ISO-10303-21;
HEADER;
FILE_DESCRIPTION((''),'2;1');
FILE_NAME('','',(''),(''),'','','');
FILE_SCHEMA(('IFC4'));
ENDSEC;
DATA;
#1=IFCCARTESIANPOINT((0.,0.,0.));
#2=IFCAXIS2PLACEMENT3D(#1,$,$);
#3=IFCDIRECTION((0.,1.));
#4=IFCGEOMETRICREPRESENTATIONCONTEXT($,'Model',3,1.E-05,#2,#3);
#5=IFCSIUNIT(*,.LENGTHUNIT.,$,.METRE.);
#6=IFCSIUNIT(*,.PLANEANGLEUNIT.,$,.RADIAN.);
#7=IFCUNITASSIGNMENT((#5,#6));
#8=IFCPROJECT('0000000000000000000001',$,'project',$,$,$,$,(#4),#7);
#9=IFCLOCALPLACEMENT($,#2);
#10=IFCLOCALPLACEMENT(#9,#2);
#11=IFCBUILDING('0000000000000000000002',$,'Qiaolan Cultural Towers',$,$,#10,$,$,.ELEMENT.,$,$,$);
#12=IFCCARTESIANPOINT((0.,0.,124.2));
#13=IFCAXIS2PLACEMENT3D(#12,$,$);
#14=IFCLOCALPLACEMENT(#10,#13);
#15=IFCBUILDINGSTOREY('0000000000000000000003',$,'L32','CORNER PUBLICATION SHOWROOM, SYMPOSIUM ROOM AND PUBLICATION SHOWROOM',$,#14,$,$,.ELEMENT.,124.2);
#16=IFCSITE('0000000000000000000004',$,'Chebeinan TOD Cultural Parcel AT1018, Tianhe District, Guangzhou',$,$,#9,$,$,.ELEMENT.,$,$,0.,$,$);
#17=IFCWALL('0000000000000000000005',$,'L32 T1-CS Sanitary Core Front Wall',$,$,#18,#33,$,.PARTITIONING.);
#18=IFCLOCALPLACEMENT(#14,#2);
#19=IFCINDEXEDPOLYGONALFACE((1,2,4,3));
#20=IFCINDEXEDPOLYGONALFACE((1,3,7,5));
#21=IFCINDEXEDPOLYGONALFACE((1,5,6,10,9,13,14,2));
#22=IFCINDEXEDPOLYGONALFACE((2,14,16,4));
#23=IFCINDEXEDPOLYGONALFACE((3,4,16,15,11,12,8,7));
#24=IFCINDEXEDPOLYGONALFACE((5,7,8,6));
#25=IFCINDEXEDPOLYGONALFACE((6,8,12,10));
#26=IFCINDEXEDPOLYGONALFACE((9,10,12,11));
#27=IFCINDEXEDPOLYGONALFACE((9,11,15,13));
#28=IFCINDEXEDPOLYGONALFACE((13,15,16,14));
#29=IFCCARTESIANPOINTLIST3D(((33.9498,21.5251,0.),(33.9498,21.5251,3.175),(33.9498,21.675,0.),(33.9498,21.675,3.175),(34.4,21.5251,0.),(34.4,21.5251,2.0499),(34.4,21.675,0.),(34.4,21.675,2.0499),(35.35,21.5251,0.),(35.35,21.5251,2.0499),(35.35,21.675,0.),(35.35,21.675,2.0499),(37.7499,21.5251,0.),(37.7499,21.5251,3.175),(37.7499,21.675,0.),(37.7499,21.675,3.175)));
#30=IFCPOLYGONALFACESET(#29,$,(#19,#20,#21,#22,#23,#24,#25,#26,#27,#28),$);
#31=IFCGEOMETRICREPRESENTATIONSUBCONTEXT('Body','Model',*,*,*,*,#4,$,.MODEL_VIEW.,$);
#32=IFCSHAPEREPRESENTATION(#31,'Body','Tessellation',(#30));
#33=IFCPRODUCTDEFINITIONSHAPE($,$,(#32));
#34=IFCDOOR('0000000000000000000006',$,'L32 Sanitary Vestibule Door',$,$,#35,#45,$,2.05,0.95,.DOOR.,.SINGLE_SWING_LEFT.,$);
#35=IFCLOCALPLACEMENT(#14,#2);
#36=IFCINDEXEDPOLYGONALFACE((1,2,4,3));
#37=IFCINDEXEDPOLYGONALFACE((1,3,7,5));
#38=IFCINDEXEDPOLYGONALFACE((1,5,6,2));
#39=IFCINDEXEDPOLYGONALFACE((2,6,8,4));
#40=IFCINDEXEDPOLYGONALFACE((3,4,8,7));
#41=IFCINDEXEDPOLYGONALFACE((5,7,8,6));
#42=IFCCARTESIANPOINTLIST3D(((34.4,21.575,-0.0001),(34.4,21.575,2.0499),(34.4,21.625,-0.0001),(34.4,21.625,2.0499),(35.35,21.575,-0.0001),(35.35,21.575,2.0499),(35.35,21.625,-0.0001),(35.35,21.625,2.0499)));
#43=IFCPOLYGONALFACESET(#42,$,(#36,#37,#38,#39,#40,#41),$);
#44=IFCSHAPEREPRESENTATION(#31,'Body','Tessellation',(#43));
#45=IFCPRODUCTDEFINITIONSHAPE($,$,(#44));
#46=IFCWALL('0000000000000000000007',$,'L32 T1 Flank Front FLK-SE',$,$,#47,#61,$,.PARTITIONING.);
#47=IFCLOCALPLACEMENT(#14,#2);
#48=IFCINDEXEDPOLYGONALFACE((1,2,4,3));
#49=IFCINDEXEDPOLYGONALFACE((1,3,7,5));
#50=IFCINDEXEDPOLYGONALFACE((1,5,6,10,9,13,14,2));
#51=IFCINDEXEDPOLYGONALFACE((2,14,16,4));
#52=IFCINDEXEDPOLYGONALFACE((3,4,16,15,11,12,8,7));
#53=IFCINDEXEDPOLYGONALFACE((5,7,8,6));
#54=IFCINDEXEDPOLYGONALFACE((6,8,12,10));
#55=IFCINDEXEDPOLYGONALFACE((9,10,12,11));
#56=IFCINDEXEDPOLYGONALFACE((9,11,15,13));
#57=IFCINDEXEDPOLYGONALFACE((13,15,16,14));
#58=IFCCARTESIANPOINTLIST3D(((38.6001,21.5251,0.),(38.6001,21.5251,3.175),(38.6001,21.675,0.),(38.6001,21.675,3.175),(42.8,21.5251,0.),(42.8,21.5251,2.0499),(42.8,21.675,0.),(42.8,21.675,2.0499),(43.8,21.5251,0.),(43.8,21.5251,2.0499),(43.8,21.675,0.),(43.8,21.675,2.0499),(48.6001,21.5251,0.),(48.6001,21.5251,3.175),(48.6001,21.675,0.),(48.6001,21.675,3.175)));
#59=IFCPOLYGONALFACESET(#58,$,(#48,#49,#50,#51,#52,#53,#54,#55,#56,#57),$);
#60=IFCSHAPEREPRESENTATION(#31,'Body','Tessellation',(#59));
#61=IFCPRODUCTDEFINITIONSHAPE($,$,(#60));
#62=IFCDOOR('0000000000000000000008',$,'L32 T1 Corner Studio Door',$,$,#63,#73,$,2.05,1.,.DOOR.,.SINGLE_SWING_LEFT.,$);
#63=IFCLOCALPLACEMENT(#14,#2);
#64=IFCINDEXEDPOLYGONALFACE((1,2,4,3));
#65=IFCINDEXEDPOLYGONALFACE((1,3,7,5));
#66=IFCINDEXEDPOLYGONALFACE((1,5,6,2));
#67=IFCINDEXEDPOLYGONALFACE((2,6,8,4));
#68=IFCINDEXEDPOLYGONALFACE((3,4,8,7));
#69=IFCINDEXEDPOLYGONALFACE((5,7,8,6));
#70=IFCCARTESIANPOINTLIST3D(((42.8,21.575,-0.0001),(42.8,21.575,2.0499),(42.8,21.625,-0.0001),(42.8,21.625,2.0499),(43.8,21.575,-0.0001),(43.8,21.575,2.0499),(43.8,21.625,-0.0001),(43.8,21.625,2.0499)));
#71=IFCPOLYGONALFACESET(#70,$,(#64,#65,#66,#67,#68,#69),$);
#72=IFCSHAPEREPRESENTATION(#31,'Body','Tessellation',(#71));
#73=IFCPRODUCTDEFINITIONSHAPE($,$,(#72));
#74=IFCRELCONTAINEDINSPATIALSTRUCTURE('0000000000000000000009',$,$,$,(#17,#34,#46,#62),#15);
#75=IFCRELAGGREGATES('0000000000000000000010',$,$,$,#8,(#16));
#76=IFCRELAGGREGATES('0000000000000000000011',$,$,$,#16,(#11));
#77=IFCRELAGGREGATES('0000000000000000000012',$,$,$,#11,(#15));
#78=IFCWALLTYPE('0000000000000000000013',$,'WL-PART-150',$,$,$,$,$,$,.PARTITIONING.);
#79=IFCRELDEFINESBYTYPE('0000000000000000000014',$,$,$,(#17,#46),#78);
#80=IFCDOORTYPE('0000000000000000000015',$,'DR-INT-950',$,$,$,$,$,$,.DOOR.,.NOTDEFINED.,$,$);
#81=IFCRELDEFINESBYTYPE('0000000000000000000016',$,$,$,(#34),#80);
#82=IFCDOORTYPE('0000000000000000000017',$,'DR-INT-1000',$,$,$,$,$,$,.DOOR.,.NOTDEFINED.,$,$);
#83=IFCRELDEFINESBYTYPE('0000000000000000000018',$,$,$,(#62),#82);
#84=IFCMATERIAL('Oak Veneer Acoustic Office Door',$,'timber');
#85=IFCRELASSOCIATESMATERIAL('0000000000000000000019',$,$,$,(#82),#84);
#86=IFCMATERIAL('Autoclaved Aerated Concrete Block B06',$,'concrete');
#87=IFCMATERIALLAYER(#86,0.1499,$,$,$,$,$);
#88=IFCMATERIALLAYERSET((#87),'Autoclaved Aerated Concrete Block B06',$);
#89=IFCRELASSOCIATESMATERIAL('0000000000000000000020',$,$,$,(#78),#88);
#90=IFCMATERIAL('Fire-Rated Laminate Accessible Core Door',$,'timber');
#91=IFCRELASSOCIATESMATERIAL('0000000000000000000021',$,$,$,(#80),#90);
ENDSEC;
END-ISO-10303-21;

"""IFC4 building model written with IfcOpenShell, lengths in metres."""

from ifc_helpers import new_model, si_unit, direction, frame, frame_2d, origin, place, context, subcontext, project, spatial, rectangle, extrude, material, layer, layer_set, type_object, element, fill, save


model = new_model("IFC4")

# Units and contexts
model_context = context("Model", 3, precision=1e-05, world=origin(), true_north=direction((0.0, 1.0)))
body_context = subcontext(model_context, "Body", "Model", "MODEL_VIEW")
ifc_project = project(units=[si_unit("LENGTHUNIT", "METRE"), si_unit("PLANEANGLEUNIT", "RADIAN")], contexts=[model_context])

# Site, building, storey
site_placement = place(None, origin())
site = spatial("IfcSite", under=ifc_project, at=site_placement, Name="Chebeinan TOD Cultural Parcel AT1018, Tianhe District, Guangzhou", CompositionType="ELEMENT", RefElevation=0.0)
building_placement = place(site_placement, origin())
building = spatial("IfcBuilding", under=site, at=building_placement, Name="Qiaolan Cultural Towers", CompositionType="ELEMENT")
storey_placement = place(building_placement, frame((0.0, 0.0, 124.2)))
storey = spatial("IfcBuildingStorey", under=building, at=storey_placement, Name="L32", Description="CORNER PUBLICATION SHOWROOM, SYMPOSIUM ROOM AND PUBLICATION SHOWROOM", CompositionType="ELEMENT", Elevation=124.2)

# Shared definitions
ifc_material_1 = material(Name="Oak Veneer Acoustic Office Door", Category="timber")
door_type_1 = type_object("IfcDoorType", Name="DR-INT-1000", OperationType="NOTDEFINED", PredefinedType="DOOR", material=ifc_material_1)

# Walls, openings, doors
ifc_material_2 = material(Name="Autoclaved Aerated Concrete Block B06", Category="concrete")
ifc_layer_1 = layer(ifc_material_2, 0.1499)
ifc_layer_set_1 = layer_set([ifc_layer_1], Name="Autoclaved Aerated Concrete Block B06")
wall_type_1 = type_object("IfcWallType", Name="WL-PART-150", PredefinedType="PARTITIONING", material=ifc_layer_set_1)
wall_1_placement = place(storey_placement, frame((33.95, 21.6001, 0.0), z_axis=(0.0, 0.0, 1.0), x_axis=(1.0, 0.0, 0.0)))
wall_1 = element("IfcWall", 1, at=wall_1_placement, inside=storey, type_object=wall_type_1, Name="L32 T1-CS Sanitary Core Front Wall", PredefinedType="PARTITIONING", context=body_context, shape_type="SweptSolid", body=[
    extrude(rectangle(XDim=3.8, YDim=0.1499, at=frame_2d((1.8999, 0.0))), origin(), (0.0, 0.0, 1.0), 3.175),
])
opening_1_placement = place(wall_1_placement, frame((0.45, 0.0, 0.0)))
opening_1 = element("IfcOpeningElement", 2, at=opening_1_placement, cuts=wall_1, PredefinedType="OPENING", context=body_context, shape_type="SweptSolid", body=[
    extrude(rectangle(XDim=0.95, YDim=2.05, at=frame_2d((0.4751, 1.0249))), frame((0.0, 0.085, 0.0), z_axis=(0.0, -1.0, 0.0), x_axis=(1.0, 0.0, 0.0)), (0.0, 0.0, 1.0), 0.1699),
])
ifc_material_3 = material(Name="Fire-Rated Laminate Accessible Core Door", Category="timber")
door_type_2 = type_object("IfcDoorType", Name="DR-INT-950", OperationType="NOTDEFINED", PredefinedType="DOOR", material=ifc_material_3)
door_1_placement = place(opening_1_placement, origin())
door_1 = element("IfcDoor", 3, at=door_1_placement, inside=storey, type_object=door_type_2, Name="L32 Sanitary Vestibule Door", OperationType="SINGLE_SWING_LEFT", OverallHeight=2.05, OverallWidth=0.95, PredefinedType="DOOR", context=body_context, shape_type="SweptSolid", body=[
    extrude(rectangle(XDim=0.95, YDim=2.05, at=frame_2d((0.4751, 1.0249))), frame((0.0, 0.0249, 0.0), z_axis=(0.0, -1.0, 0.0), x_axis=(1.0, 0.0, 0.0)), (0.0, 0.0, 1.0), 0.05),
])
fill(opening_1, door_1)
wall_2_placement = place(storey_placement, frame((38.6001, 21.6001, 0.0), z_axis=(0.0, 0.0, 1.0), x_axis=(1.0, 0.0, 0.0)))
wall_2 = element("IfcWall", 4, at=wall_2_placement, inside=storey, type_object=wall_type_1, Name="L32 T1 Flank Front FLK-SE", PredefinedType="PARTITIONING", context=body_context, shape_type="SweptSolid", body=[
    extrude(rectangle(XDim=10.0, YDim=0.1499, at=frame_2d((5.0, 0.0))), origin(), (0.0, 0.0, 1.0), 3.175),
])
opening_2_placement = place(wall_2_placement, frame((4.2, 0.0, 0.0)))
opening_2 = element("IfcOpeningElement", 5, at=opening_2_placement, cuts=wall_2, PredefinedType="OPENING", context=body_context, shape_type="SweptSolid", body=[
    extrude(rectangle(XDim=1.0, YDim=2.05, at=frame_2d((0.5, 1.0249))), frame((0.0, 0.085, 0.0), z_axis=(0.0, -1.0, 0.0), x_axis=(1.0, 0.0, 0.0)), (0.0, 0.0, 1.0), 0.1699),
])
door_2_placement = place(opening_2_placement, origin())
door_2 = element("IfcDoor", 6, at=door_2_placement, inside=storey, type_object=door_type_1, Name="L32 T1 Corner Studio Door", OperationType="SINGLE_SWING_LEFT", OverallHeight=2.05, OverallWidth=1.0, PredefinedType="DOOR", context=body_context, shape_type="SweptSolid", body=[
    extrude(rectangle(XDim=1.0, YDim=2.05, at=frame_2d((0.5, 1.0249))), frame((0.0, 0.0249, 0.0), z_axis=(0.0, -1.0, 0.0), x_axis=(1.0, 0.0, 0.0)), (0.0, 0.0, 1.0), 0.05),
])
fill(opening_2, door_2)

save(model, "model.ifc")
